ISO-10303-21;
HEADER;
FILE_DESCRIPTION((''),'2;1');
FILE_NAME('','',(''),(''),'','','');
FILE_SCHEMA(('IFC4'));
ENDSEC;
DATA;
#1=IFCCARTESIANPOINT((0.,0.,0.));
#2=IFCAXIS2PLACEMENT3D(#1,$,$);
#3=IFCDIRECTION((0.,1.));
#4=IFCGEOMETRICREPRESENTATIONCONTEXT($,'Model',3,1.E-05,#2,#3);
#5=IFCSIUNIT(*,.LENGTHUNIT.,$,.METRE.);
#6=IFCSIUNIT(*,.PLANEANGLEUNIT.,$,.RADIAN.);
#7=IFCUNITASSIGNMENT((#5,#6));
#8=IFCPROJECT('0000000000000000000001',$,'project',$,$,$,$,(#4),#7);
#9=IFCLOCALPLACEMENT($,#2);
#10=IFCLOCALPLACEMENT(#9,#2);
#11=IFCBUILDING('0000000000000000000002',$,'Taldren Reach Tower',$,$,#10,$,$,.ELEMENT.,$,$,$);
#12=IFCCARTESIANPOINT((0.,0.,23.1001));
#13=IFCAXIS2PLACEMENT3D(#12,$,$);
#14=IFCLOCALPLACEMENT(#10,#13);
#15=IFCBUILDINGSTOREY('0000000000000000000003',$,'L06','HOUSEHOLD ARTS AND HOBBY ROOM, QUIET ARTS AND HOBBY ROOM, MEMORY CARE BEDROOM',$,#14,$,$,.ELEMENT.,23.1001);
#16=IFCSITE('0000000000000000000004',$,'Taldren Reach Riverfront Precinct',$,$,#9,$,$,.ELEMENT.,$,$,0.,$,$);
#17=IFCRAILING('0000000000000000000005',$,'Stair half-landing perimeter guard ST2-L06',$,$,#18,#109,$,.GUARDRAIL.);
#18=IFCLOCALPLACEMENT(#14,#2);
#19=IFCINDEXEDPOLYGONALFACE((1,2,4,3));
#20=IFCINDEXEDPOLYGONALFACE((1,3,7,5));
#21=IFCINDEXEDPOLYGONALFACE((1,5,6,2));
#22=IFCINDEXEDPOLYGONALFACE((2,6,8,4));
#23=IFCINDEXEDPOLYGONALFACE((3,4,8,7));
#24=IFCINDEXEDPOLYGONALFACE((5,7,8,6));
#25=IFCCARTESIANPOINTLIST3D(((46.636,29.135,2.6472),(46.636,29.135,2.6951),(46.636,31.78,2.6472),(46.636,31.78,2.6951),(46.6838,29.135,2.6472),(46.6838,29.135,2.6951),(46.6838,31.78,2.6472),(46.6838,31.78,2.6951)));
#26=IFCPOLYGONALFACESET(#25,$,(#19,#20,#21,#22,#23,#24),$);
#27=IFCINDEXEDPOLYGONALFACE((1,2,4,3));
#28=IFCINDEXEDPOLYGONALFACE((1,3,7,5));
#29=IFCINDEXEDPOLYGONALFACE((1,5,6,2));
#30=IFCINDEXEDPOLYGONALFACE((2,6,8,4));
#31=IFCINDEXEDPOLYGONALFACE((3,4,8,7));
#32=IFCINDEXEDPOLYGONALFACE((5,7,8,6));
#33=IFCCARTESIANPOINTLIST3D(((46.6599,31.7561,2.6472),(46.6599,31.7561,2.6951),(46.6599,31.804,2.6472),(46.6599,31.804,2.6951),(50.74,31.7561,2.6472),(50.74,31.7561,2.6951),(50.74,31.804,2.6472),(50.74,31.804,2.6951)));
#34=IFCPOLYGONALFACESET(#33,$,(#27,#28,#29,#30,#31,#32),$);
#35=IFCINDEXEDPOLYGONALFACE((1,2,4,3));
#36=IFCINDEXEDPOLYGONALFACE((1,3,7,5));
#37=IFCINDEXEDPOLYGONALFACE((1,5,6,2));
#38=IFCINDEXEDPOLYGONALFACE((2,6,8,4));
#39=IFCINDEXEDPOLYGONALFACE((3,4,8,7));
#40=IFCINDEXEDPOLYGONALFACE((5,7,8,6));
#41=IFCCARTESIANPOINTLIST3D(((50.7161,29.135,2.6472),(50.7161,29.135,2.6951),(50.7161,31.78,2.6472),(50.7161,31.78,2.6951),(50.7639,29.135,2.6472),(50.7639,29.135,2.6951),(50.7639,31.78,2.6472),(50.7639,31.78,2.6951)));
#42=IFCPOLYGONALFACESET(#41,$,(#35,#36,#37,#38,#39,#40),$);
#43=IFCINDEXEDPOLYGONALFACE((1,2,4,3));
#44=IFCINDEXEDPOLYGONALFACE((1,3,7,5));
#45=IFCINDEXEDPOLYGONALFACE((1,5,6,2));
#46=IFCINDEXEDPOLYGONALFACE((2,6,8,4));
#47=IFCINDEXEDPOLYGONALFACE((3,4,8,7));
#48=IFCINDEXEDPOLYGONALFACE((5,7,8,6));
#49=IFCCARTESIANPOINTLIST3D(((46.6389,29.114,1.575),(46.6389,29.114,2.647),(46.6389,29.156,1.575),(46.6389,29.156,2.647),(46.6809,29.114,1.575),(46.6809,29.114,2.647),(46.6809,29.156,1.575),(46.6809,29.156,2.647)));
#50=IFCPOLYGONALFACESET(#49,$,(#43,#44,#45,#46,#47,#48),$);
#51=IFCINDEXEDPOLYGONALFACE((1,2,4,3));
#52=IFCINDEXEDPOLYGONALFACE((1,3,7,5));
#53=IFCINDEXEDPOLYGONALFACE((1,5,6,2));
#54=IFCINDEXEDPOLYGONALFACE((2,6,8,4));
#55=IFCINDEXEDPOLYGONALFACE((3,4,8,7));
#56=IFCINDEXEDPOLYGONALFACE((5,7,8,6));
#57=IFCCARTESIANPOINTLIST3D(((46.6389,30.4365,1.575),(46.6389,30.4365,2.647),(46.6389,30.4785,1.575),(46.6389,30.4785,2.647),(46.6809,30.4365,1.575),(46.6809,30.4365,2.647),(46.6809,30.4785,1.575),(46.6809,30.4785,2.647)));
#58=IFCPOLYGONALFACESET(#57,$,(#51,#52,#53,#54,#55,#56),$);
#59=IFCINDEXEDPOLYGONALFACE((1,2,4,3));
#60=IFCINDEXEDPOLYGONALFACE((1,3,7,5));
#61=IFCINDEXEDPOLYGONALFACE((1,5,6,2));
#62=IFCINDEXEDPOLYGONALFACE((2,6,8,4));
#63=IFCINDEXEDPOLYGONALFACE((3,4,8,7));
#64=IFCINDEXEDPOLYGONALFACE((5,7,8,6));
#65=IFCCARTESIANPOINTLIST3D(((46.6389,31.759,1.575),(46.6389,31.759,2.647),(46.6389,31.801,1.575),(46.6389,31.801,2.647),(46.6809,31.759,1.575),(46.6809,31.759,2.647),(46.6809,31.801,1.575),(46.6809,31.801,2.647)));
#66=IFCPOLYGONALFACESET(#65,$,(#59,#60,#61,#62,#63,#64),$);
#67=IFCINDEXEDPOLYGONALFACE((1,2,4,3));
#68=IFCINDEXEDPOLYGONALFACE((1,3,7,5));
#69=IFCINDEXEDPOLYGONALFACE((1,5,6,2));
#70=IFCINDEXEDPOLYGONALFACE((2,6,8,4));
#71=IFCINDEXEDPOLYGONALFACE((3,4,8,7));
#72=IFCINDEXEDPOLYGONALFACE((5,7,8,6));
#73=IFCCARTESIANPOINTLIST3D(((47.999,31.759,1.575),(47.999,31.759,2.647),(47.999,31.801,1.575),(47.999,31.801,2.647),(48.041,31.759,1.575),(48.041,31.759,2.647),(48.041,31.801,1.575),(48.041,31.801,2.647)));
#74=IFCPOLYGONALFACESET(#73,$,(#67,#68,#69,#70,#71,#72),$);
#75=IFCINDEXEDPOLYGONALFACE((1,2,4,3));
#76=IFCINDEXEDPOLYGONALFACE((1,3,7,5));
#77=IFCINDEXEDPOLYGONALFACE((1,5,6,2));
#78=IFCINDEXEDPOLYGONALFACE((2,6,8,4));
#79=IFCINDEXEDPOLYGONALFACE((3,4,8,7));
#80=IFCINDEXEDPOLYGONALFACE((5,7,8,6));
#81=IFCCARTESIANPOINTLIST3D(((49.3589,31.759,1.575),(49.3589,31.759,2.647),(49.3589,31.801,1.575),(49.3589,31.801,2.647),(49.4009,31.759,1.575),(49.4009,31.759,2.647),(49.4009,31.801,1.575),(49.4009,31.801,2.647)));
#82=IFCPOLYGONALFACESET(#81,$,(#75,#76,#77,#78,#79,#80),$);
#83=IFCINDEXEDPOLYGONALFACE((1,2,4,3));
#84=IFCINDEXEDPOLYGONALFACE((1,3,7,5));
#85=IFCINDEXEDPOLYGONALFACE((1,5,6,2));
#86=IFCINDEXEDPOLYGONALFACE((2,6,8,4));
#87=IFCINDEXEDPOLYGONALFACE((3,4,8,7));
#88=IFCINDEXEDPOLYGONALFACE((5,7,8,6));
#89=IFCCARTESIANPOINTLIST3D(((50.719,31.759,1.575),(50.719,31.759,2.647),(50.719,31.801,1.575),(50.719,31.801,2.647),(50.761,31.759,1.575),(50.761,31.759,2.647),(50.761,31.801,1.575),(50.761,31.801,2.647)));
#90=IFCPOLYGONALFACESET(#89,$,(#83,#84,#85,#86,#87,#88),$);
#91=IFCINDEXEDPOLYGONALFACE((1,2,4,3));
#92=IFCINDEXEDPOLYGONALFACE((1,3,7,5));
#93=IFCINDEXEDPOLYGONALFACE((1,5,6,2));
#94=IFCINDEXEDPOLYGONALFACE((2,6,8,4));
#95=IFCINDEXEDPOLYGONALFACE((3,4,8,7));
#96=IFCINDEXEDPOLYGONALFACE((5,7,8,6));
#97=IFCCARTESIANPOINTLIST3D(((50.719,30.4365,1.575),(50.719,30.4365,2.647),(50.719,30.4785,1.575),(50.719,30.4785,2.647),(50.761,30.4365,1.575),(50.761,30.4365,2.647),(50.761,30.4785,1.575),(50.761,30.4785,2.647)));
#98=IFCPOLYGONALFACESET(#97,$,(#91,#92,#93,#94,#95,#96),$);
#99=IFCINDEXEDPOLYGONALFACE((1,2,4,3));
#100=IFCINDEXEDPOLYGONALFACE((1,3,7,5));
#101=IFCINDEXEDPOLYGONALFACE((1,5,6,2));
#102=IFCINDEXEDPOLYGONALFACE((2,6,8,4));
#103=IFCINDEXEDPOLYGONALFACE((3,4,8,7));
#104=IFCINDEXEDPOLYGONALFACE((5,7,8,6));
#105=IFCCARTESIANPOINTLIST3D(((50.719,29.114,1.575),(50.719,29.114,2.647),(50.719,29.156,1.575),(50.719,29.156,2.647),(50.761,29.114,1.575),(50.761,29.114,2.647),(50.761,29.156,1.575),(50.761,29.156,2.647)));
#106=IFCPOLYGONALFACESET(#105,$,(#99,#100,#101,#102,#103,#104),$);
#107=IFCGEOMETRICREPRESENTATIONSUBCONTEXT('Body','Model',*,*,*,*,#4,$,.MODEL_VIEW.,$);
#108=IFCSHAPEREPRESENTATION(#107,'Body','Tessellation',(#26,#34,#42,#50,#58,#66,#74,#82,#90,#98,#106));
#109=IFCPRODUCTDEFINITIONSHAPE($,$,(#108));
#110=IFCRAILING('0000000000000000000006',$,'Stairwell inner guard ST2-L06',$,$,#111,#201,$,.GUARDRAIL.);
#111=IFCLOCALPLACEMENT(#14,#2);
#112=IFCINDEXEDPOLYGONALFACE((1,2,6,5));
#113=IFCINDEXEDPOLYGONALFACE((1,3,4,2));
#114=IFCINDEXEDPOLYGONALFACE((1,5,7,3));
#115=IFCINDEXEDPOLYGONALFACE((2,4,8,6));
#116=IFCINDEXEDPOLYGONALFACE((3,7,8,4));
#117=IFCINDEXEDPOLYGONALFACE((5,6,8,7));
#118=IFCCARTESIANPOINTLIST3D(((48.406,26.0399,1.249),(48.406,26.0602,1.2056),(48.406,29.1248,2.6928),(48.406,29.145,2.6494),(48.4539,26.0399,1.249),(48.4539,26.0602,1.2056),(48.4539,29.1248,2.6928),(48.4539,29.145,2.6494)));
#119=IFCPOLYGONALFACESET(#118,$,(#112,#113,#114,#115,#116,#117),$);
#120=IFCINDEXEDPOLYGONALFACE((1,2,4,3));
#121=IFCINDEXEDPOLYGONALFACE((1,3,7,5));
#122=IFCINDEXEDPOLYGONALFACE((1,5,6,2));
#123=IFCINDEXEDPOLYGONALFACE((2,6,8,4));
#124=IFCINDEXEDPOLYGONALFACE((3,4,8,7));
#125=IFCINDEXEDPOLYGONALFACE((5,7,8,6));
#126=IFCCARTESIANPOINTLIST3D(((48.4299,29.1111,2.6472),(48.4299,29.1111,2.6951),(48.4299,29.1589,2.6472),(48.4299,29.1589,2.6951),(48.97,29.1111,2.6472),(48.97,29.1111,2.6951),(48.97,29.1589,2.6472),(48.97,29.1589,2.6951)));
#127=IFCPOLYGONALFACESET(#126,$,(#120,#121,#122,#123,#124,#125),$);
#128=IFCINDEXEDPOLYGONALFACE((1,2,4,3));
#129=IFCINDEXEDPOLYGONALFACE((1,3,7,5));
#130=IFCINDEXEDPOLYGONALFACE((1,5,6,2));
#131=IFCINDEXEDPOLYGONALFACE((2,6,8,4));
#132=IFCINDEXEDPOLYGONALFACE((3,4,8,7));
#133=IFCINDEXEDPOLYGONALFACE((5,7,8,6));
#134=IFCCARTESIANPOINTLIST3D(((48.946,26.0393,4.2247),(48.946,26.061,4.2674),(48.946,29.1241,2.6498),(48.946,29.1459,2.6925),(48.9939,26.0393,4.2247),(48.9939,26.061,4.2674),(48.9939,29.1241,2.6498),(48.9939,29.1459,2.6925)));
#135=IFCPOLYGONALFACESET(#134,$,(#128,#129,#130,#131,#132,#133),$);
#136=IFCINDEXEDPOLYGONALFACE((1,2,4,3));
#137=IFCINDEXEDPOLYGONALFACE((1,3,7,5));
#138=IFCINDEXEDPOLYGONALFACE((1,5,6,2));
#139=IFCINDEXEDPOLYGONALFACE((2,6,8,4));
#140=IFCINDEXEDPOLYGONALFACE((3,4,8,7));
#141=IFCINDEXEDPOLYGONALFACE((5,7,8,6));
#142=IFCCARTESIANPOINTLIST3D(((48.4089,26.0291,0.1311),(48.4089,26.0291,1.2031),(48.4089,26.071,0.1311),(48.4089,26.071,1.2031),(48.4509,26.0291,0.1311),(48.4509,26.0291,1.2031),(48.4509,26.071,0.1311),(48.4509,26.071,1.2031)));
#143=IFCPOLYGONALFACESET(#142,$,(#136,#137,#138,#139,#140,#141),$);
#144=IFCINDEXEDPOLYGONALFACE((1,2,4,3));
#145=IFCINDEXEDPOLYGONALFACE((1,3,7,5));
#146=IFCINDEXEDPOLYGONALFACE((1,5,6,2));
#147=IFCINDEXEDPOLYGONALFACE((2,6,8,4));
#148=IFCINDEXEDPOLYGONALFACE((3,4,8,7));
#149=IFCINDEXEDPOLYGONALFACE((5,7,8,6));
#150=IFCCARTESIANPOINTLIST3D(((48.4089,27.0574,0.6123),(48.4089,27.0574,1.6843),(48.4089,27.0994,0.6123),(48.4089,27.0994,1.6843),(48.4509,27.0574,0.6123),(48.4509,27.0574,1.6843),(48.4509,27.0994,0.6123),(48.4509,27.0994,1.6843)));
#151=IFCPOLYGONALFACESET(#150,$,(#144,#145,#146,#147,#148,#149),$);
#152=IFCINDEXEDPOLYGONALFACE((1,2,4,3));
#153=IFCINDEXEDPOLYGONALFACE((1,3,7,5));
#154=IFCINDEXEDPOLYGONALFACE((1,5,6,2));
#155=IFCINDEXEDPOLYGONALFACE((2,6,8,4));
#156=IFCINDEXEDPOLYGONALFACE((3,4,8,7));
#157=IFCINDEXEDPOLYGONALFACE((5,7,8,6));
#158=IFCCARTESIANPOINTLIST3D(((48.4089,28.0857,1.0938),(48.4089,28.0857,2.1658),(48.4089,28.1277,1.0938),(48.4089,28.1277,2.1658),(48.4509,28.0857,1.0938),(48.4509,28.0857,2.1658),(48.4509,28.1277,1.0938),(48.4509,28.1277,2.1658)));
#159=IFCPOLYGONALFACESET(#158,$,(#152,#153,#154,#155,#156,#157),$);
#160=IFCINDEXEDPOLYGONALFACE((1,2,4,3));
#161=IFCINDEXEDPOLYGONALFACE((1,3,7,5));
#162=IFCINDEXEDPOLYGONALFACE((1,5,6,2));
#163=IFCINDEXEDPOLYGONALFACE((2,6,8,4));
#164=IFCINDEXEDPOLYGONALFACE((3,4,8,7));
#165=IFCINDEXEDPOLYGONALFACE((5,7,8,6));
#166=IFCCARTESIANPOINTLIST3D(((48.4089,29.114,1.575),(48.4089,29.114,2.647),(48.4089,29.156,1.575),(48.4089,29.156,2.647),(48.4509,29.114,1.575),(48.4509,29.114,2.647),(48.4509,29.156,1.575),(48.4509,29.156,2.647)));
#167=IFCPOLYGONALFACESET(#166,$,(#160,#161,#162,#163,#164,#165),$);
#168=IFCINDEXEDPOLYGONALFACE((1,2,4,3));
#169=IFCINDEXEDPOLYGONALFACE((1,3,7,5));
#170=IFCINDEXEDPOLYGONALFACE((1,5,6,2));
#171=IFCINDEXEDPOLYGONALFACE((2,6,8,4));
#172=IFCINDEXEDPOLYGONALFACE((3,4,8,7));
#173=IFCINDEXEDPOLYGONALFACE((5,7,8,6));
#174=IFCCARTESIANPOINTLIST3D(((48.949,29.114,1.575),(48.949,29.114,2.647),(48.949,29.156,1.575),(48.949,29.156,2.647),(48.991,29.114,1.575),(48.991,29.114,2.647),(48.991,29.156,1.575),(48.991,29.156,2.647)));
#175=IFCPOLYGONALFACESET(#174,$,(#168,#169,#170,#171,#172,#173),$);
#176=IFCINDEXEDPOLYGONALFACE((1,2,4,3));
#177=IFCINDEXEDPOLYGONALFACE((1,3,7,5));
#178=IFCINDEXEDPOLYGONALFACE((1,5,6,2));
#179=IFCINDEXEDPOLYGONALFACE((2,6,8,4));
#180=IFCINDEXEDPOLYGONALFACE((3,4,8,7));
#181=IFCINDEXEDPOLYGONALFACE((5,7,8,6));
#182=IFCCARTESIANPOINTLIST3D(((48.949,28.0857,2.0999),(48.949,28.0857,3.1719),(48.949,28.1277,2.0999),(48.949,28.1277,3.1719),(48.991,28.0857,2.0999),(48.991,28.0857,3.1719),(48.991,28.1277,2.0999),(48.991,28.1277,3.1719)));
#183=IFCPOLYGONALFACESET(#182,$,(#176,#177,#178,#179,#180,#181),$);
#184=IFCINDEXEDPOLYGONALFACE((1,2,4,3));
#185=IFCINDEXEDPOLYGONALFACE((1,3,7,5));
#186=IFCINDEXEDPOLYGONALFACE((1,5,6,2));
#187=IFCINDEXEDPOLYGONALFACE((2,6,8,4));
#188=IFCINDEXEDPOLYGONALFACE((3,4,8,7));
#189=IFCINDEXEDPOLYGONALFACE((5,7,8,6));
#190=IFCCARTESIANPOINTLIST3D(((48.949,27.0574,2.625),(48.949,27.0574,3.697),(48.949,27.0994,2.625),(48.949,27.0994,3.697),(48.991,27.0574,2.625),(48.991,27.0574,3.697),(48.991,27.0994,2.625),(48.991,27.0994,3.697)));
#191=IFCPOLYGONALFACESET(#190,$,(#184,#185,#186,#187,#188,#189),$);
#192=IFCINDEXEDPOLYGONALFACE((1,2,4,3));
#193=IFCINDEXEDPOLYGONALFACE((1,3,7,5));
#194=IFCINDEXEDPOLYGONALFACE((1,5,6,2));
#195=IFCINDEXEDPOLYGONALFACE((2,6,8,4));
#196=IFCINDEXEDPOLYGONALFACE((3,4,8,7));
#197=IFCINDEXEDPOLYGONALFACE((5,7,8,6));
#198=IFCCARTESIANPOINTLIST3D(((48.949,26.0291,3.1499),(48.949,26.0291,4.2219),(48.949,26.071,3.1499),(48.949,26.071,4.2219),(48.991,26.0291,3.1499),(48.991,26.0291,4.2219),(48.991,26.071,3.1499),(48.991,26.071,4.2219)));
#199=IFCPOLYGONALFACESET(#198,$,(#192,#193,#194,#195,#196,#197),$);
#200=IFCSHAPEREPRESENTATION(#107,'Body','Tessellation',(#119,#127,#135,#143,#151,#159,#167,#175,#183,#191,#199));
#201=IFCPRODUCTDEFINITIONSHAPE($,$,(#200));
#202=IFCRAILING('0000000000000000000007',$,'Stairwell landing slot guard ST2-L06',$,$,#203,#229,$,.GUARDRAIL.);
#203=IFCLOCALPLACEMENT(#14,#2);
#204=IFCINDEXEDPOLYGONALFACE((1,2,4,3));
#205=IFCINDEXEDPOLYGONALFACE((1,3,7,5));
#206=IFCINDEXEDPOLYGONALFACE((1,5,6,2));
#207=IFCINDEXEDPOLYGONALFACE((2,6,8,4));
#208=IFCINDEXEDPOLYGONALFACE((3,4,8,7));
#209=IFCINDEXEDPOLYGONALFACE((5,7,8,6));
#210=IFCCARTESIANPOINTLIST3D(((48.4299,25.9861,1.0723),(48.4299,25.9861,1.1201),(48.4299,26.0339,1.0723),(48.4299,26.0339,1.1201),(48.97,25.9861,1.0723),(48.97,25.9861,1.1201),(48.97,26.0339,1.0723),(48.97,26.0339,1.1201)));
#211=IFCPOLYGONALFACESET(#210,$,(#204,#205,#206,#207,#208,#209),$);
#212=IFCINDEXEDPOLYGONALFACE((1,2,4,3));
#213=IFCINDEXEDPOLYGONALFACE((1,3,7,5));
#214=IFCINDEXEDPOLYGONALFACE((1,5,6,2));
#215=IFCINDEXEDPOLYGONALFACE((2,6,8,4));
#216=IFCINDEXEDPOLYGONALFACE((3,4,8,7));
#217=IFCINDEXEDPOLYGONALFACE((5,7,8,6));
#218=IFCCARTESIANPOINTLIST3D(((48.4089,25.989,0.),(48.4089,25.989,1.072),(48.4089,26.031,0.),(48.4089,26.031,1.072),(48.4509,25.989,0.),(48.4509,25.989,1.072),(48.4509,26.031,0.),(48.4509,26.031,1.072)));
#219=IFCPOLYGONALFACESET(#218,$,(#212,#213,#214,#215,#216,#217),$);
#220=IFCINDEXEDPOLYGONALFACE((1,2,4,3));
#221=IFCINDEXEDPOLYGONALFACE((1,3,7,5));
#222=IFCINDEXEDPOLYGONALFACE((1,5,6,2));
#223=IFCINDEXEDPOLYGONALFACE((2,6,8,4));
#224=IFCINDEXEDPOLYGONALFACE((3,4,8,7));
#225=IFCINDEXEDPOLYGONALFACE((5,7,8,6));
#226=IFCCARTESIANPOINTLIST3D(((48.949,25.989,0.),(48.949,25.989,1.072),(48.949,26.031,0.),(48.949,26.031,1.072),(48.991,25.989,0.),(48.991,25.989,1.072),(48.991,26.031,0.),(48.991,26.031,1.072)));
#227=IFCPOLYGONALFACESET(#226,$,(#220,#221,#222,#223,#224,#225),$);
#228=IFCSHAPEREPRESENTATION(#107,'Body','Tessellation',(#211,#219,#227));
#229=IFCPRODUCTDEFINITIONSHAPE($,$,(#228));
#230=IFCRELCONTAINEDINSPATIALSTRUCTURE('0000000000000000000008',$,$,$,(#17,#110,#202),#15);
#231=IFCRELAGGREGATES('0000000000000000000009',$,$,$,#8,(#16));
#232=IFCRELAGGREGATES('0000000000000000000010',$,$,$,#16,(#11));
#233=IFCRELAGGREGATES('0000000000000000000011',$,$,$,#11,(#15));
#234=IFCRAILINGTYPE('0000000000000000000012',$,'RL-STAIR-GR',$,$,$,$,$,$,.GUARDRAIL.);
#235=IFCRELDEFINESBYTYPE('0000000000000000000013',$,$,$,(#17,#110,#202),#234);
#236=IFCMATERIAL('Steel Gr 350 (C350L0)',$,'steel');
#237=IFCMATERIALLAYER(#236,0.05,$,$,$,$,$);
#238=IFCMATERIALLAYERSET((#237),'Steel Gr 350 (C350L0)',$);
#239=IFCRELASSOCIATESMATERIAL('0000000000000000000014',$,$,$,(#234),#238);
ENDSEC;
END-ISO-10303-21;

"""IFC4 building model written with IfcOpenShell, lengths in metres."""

from ifc_helpers import new_model, si_unit, direction, frame, origin, origin_2d, place, context, subcontext, project, spatial, rectangle, extrude, material, layer, layer_set, type_object, element, save


model = new_model("IFC4")

# Units and contexts
model_context = context("Model", 3, precision=1e-05, world=origin(), true_north=direction((0.0, 1.0)))
body_context = subcontext(model_context, "Body", "Model", "MODEL_VIEW")
ifc_project = project(units=[si_unit("LENGTHUNIT", "METRE"), si_unit("PLANEANGLEUNIT", "RADIAN")], contexts=[model_context])

# Site, building, storey
site_placement = place(None, origin())
site = spatial("IfcSite", under=ifc_project, at=site_placement, Name="Taldren Reach Riverfront Precinct", CompositionType="ELEMENT", RefElevation=0.0)
building_placement = place(site_placement, origin())
building = spatial("IfcBuilding", under=site, at=building_placement, Name="Taldren Reach Tower", CompositionType="ELEMENT")
storey_placement = place(building_placement, frame((0.0, 0.0, 23.1001)))
storey = spatial("IfcBuildingStorey", under=building, at=storey_placement, Name="L06", Description="HOUSEHOLD ARTS AND HOBBY ROOM, QUIET ARTS AND HOBBY ROOM, MEMORY CARE BEDROOM", CompositionType="ELEMENT", Elevation=23.1001)

# Shared definitions
ifc_material_1 = material(Name="Steel Gr 350 (C350L0)", Category="steel")

# Railings
ifc_layer_1 = layer(ifc_material_1, 0.05)
ifc_layer_set_1 = layer_set([ifc_layer_1], Name="Steel Gr 350 (C350L0)")
railing_type_1 = type_object("IfcRailingType", Name="RL-STAIR-GR", PredefinedType="GUARDRAIL", material=ifc_layer_set_1)
railing_1_placement = place(storey_placement, frame((46.6599, 29.135, 1.575)))
element("IfcRailing", 1, at=railing_1_placement, inside=storey, type_object=railing_type_1, Name="Stair half-landing perimeter guard ST2-L06", PredefinedType="GUARDRAIL", context=body_context, shape_type="SweptSolid", body=[
    extrude(rectangle(XDim=0.0479, YDim=0.0479, at=origin_2d()), frame((0.0, 0.0, 1.0962), z_axis=(0.0, 1.0, 0.0), x_axis=(-1.0, 0.0, 0.0)), (0.0, 0.0, 1.0), 2.645),
    extrude(rectangle(XDim=0.0479, YDim=0.0479, at=origin_2d()), frame((0.0, 2.645, 1.0962), z_axis=(1.0, 0.0, 0.0), x_axis=(0.0, 1.0, 0.0)), (0.0, 0.0, 1.0), 4.0801),
    extrude(rectangle(XDim=0.0479, YDim=0.0479, at=origin_2d()), frame((4.0801, 2.645, 1.0962), z_axis=(0.0, -1.0, 0.0), x_axis=(1.0, 0.0, 0.0)), (0.0, 0.0, 1.0), 2.645),
    extrude(rectangle(XDim=0.042, YDim=0.042, at=origin_2d()), origin(), (0.0, 0.0, 1.0), 1.072),
    extrude(rectangle(XDim=0.042, YDim=0.042, at=origin_2d()), frame((0.0, 1.3225, 0.0)), (0.0, 0.0, 1.0), 1.072),
    extrude(rectangle(XDim=0.042, YDim=0.042, at=origin_2d()), frame((0.0, 2.645, 0.0)), (0.0, 0.0, 1.0), 1.072),
    extrude(rectangle(XDim=0.042, YDim=0.042, at=origin_2d()), frame((1.3601, 2.645, 0.0)), (0.0, 0.0, 1.0), 1.072),
    extrude(rectangle(XDim=0.042, YDim=0.042, at=origin_2d()), frame((2.72, 2.645, 0.0)), (0.0, 0.0, 1.0), 1.072),
    extrude(rectangle(XDim=0.042, YDim=0.042, at=origin_2d()), frame((4.0801, 2.645, 0.0)), (0.0, 0.0, 1.0), 1.072),
    extrude(rectangle(XDim=0.042, YDim=0.042, at=origin_2d()), frame((4.0801, 1.3225, 0.0)), (0.0, 0.0, 1.0), 1.072),
    extrude(rectangle(XDim=0.042, YDim=0.042, at=origin_2d()), frame((4.0801, 0.0, 0.0)), (0.0, 0.0, 1.0), 1.072),
])
railing_2_placement = place(storey_placement, frame((48.4299, 26.05, 0.1311)))
element("IfcRailing", 2, at=railing_2_placement, inside=storey, type_object=railing_type_1, Name="Stairwell inner guard ST2-L06", PredefinedType="GUARDRAIL", context=body_context, shape_type="SweptSolid", body=[
    extrude(rectangle(XDim=0.0479, YDim=0.0479, at=origin_2d()), frame((0.0, 0.0, 1.0962), z_axis=(0.0, 0.90571, 0.423898), x_axis=(-1.0, 0.0, 0.0)), (0.0, 0.0, 1.0), 3.406),
    extrude(rectangle(XDim=0.0479, YDim=0.0479, at=origin_2d()), frame((0.0, 3.085, 2.54), z_axis=(1.0, 0.0, 0.0), x_axis=(0.0, 1.0, 0.0)), (0.0, 0.0, 1.0), 0.54),
    extrude(rectangle(XDim=0.0479, YDim=0.0479, at=origin_2d()), frame((0.54, 3.085, 2.54), z_axis=(0.0, -0.890646, 0.454697), x_axis=(1.0, 0.0, 0.0)), (0.0, 0.0, 1.0), 3.4636),
    extrude(rectangle(XDim=0.042, YDim=0.042, at=origin_2d()), origin(), (0.0, 0.0, 1.0), 1.072),
    extrude(rectangle(XDim=0.042, YDim=0.042, at=origin_2d()), frame((0.0, 1.0283, 0.4812)), (0.0, 0.0, 1.0), 1.072),
    extrude(rectangle(XDim=0.042, YDim=0.042, at=origin_2d()), frame((0.0, 2.0566, 0.9626)), (0.0, 0.0, 1.0), 1.072),
    extrude(rectangle(XDim=0.042, YDim=0.042, at=origin_2d()), frame((0.0, 3.085, 1.4438)), (0.0, 0.0, 1.0), 1.072),
    extrude(rectangle(XDim=0.042, YDim=0.042, at=origin_2d()), frame((0.54, 3.085, 1.4438)), (0.0, 0.0, 1.0), 1.072),
    extrude(rectangle(XDim=0.042, YDim=0.042, at=origin_2d()), frame((0.54, 2.0566, 1.9688)), (0.0, 0.0, 1.0), 1.072),
    extrude(rectangle(XDim=0.042, YDim=0.042, at=origin_2d()), frame((0.54, 1.0283, 2.4939)), (0.0, 0.0, 1.0), 1.072),
    extrude(rectangle(XDim=0.042, YDim=0.042, at=origin_2d()), frame((0.54, 0.0, 3.0188)), (0.0, 0.0, 1.0), 1.072),
])
railing_3_placement = place(storey_placement, frame((48.4299, 26.01, 0.0)))
element("IfcRailing", 3, at=railing_3_placement, inside=storey, type_object=railing_type_1, Name="Stairwell landing slot guard ST2-L06", PredefinedType="GUARDRAIL", context=body_context, shape_type="SweptSolid", body=[
    extrude(rectangle(XDim=0.0479, YDim=0.0479, at=origin_2d()), frame((0.0, 0.0, 1.0962), z_axis=(1.0, 0.0, 0.0), x_axis=(0.0, 1.0, 0.0)), (0.0, 0.0, 1.0), 0.54),
    extrude(rectangle(XDim=0.042, YDim=0.042, at=origin_2d()), origin(), (0.0, 0.0, 1.0), 1.072),
    extrude(rectangle(XDim=0.042, YDim=0.042, at=origin_2d()), frame((0.54, 0.0, 0.0)), (0.0, 0.0, 1.0), 1.072),
])

save(model, "model.ifc")
